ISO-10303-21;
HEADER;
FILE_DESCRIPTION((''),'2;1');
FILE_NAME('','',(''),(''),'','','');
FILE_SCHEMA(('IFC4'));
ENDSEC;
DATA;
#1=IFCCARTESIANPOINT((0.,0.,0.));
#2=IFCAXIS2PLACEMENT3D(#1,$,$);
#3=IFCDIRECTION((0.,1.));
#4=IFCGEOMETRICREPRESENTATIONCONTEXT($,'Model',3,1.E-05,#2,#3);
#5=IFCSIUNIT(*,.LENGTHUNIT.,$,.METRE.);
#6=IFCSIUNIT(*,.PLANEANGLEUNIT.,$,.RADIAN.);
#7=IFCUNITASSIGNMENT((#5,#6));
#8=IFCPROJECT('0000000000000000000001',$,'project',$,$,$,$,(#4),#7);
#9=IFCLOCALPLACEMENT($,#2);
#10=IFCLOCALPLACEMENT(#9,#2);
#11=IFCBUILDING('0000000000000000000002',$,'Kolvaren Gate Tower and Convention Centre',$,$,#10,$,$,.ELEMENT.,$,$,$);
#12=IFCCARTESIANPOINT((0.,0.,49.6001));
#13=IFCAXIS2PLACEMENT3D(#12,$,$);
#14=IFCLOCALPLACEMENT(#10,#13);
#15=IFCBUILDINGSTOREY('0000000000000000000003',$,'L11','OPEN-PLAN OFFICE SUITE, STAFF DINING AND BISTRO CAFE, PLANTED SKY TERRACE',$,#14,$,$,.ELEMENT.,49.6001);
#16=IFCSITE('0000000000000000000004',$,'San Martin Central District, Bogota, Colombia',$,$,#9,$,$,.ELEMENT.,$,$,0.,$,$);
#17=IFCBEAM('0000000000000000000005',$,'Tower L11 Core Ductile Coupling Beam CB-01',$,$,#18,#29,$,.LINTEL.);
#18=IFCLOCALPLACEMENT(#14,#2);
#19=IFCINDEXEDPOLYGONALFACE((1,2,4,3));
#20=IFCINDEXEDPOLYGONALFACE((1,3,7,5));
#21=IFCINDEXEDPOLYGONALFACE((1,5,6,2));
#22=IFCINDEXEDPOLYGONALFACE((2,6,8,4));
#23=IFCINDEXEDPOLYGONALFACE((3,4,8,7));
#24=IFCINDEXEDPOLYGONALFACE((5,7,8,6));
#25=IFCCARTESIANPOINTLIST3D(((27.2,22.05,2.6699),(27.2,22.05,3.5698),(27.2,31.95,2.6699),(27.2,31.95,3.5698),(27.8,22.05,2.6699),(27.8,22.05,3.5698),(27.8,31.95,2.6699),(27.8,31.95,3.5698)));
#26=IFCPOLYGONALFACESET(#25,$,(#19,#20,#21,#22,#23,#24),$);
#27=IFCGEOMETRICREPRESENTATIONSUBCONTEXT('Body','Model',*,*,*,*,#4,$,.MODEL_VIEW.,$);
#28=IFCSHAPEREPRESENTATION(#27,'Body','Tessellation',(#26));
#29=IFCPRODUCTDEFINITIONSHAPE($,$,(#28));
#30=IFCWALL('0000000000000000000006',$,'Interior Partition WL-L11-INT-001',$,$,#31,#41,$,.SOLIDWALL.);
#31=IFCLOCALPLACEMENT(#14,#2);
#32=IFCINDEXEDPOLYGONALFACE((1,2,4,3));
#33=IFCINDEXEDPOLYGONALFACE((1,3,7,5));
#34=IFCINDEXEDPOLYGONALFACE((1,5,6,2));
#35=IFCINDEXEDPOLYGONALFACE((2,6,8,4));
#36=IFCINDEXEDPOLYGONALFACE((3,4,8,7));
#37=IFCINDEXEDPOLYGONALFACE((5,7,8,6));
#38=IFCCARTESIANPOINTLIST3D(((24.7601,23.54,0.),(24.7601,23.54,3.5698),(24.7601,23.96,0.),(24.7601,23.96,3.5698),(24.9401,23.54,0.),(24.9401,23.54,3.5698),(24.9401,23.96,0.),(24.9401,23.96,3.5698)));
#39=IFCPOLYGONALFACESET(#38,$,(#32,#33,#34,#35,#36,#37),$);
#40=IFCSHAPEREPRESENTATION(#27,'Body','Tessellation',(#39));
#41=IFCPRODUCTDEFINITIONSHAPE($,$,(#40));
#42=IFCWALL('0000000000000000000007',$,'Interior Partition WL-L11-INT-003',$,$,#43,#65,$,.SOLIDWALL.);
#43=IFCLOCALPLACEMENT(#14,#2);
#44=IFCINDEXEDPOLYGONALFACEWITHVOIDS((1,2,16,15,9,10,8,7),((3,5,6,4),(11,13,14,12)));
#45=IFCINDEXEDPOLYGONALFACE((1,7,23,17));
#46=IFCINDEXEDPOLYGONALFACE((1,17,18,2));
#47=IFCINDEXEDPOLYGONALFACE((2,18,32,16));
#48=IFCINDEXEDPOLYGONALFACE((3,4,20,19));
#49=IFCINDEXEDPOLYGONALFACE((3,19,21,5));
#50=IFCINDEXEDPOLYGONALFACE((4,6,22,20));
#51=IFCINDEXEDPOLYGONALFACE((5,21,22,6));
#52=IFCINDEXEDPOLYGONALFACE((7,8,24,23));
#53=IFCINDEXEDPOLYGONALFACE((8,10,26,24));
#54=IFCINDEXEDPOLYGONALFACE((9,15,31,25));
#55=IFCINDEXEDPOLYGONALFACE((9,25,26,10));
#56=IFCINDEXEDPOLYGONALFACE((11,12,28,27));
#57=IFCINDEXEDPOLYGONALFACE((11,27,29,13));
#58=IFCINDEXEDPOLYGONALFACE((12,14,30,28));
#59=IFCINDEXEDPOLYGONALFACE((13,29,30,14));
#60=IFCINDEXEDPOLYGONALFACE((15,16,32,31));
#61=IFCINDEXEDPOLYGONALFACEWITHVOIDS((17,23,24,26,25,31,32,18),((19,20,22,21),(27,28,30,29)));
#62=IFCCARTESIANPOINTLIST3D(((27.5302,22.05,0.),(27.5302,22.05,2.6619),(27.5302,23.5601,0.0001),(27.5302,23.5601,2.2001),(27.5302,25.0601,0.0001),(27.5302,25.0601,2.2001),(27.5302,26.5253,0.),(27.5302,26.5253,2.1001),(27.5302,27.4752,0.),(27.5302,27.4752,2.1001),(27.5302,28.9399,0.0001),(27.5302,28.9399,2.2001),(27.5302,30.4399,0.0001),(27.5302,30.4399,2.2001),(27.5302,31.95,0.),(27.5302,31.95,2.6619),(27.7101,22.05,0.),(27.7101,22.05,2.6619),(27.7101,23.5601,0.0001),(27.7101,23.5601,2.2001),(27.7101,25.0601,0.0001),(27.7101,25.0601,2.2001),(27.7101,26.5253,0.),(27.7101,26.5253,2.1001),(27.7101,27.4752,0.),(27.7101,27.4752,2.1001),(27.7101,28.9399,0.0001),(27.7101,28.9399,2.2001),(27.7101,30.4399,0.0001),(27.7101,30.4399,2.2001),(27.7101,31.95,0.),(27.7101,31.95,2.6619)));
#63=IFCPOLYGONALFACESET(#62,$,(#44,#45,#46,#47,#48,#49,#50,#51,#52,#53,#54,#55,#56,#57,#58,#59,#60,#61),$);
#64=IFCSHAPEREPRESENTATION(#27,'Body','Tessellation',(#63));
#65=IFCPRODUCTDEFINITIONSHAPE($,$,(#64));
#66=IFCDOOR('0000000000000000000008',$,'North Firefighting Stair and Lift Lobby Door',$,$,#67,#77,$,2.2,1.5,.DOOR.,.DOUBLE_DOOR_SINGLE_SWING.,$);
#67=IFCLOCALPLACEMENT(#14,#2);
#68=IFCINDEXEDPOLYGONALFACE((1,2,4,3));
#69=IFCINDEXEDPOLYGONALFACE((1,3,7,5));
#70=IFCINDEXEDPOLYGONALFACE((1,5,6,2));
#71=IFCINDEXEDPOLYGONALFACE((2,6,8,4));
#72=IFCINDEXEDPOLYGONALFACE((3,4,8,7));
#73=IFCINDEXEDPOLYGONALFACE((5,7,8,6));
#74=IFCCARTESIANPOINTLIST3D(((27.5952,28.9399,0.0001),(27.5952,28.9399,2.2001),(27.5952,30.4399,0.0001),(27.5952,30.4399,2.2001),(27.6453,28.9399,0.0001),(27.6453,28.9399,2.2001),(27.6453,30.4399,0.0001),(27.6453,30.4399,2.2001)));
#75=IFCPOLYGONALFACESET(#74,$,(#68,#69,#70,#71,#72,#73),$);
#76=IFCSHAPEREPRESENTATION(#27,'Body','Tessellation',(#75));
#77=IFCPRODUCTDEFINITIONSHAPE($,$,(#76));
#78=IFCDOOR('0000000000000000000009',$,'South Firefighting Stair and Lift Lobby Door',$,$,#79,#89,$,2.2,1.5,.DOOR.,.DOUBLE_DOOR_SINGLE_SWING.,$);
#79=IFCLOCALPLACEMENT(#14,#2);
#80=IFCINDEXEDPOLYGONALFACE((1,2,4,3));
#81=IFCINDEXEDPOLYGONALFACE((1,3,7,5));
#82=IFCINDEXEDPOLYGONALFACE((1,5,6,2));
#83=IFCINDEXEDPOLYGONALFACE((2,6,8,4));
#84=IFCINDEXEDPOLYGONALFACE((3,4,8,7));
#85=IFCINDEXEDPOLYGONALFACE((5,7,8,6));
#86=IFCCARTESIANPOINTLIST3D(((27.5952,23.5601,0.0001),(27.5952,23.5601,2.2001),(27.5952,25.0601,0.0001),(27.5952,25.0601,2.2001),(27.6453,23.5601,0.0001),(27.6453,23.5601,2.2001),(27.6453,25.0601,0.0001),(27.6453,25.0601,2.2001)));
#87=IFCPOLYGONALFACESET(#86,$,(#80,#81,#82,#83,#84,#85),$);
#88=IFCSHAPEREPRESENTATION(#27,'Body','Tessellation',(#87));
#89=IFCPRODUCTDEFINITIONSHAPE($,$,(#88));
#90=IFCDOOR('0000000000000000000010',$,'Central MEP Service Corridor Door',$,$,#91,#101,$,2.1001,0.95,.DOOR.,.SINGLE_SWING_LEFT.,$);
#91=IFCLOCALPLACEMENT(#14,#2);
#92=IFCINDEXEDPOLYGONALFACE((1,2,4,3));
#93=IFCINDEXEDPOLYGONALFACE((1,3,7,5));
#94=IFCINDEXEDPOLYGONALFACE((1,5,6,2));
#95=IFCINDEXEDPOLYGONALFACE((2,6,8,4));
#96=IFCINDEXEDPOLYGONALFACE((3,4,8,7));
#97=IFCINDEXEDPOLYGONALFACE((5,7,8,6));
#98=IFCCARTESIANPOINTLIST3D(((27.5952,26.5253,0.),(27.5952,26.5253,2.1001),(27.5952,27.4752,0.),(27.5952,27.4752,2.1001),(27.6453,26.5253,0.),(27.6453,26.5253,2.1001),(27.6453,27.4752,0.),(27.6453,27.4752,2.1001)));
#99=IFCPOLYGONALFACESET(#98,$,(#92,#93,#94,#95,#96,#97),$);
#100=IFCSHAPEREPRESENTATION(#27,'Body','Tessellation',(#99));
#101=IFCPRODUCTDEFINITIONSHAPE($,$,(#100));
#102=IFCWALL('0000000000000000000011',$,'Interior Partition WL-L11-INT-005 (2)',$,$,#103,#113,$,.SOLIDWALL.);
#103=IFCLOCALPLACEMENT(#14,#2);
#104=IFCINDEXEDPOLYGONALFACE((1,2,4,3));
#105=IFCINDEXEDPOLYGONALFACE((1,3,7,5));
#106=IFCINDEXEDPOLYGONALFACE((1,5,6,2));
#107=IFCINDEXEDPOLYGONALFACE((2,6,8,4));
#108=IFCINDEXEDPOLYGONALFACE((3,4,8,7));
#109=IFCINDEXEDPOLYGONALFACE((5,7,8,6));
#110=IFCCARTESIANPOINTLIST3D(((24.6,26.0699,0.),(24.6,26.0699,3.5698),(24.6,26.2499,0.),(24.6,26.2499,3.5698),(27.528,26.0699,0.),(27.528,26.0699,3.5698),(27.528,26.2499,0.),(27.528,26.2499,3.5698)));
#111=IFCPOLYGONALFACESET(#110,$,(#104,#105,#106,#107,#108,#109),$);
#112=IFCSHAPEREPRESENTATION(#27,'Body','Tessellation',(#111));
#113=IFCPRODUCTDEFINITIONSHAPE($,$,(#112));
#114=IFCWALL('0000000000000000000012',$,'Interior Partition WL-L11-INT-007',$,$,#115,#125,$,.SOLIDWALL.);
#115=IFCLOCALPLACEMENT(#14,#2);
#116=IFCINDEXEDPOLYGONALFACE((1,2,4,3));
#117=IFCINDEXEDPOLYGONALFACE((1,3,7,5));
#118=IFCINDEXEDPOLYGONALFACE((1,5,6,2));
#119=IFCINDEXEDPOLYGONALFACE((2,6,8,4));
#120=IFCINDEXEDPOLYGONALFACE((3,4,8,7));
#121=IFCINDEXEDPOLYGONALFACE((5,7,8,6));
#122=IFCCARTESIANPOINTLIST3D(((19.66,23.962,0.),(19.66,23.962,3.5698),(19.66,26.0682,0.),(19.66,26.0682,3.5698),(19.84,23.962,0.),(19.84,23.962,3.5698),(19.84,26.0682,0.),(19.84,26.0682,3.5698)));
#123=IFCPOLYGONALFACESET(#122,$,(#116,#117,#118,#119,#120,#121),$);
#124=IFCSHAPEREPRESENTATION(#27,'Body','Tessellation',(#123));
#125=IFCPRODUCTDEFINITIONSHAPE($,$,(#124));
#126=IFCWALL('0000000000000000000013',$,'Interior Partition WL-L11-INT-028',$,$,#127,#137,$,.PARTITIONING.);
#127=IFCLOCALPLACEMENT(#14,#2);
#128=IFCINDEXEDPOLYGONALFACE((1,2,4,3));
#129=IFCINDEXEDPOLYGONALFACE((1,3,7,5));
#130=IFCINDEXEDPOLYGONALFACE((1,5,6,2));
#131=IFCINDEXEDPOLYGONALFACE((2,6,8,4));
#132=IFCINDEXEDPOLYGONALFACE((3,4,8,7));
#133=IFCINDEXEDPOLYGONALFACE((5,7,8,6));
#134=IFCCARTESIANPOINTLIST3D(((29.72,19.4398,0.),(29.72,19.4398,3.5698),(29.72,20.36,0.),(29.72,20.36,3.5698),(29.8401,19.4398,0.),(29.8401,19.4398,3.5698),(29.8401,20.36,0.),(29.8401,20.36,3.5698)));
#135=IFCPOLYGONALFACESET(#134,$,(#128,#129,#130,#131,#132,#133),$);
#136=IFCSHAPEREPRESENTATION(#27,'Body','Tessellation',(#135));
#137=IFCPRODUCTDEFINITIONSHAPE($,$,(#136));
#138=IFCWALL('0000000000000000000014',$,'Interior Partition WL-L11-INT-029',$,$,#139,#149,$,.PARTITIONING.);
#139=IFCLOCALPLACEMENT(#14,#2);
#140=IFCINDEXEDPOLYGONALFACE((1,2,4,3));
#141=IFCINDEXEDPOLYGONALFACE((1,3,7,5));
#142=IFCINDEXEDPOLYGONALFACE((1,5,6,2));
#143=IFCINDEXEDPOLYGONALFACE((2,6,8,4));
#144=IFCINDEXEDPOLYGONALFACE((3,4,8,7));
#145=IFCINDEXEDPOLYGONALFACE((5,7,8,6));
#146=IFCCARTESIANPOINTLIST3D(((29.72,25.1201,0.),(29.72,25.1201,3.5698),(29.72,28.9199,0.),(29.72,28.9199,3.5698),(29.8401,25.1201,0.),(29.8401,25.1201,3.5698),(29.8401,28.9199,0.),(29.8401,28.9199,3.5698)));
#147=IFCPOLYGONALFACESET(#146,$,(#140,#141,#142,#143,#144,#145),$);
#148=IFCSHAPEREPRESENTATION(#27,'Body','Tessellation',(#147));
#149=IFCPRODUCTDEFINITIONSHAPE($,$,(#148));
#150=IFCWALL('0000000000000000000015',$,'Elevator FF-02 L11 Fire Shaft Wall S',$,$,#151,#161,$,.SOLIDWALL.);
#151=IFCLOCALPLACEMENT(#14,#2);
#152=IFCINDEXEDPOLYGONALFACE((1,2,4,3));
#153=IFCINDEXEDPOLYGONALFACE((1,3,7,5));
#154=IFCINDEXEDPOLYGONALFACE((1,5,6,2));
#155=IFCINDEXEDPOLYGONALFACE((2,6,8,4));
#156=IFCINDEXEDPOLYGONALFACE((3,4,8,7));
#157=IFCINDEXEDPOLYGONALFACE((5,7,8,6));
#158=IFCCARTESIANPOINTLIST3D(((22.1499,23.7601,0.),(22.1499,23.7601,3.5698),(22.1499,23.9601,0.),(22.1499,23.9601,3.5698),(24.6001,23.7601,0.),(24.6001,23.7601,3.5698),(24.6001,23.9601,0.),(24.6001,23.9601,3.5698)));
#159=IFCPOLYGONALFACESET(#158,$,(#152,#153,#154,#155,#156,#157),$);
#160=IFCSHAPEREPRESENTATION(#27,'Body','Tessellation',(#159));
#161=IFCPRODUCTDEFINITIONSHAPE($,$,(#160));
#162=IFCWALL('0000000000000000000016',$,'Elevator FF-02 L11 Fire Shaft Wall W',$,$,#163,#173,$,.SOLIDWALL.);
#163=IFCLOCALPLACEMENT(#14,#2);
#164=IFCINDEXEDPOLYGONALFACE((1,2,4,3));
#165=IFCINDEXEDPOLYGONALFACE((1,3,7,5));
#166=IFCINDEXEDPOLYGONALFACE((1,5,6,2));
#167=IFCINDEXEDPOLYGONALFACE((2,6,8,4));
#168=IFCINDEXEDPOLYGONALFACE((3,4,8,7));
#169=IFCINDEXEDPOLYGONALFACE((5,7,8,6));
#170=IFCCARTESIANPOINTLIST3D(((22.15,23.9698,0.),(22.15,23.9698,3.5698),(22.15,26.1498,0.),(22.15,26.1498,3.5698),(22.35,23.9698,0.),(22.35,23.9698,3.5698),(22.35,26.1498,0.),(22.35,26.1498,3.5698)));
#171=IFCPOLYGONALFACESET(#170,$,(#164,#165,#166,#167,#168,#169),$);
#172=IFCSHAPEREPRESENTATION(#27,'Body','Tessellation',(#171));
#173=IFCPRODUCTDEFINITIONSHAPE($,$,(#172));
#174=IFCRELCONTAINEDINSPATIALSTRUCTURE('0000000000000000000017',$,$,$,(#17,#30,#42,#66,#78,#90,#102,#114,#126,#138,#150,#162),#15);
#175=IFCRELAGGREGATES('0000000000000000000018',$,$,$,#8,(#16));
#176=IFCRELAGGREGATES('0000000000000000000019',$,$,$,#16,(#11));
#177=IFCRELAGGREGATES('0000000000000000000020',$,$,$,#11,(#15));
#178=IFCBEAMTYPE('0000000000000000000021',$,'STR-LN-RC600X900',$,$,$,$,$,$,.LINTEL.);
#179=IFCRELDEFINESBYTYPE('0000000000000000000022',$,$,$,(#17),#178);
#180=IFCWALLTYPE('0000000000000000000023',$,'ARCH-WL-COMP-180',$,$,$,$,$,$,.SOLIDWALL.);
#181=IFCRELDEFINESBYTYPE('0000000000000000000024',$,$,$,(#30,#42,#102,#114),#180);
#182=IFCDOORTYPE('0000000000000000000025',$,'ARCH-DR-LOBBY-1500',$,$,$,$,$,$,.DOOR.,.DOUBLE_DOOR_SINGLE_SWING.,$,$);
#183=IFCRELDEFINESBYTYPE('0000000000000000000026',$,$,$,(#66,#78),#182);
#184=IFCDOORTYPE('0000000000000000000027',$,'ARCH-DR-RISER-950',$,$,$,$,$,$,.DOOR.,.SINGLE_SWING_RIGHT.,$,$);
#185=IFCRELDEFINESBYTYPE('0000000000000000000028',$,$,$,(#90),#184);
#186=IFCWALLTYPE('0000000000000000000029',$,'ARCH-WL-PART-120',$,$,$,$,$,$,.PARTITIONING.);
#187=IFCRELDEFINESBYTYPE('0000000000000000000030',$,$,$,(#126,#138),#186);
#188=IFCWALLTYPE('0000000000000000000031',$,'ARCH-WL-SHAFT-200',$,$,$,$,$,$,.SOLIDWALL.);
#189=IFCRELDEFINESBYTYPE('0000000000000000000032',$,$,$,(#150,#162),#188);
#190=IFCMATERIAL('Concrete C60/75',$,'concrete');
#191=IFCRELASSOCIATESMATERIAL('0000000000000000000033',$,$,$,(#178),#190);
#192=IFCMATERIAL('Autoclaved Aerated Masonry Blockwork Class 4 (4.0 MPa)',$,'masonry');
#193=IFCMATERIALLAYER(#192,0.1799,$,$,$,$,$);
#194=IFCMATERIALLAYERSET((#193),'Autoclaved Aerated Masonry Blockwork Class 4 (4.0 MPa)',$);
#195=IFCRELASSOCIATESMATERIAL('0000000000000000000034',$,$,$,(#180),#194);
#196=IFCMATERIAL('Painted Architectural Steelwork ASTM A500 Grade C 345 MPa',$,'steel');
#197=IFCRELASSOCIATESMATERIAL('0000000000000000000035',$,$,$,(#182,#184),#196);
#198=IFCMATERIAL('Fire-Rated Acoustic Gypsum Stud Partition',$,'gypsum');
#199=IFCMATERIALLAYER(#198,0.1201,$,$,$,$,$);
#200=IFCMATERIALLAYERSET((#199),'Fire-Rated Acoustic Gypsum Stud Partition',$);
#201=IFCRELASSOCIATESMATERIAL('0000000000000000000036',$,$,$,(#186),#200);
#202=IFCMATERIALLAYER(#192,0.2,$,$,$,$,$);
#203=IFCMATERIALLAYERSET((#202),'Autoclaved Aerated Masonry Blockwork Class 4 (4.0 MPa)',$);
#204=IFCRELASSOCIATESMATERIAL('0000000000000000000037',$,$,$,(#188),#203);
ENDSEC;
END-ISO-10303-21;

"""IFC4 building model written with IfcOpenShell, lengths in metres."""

from ifc_helpers import new_model, si_unit, direction, frame, frame_2d, origin, origin_2d, place, context, subcontext, project, spatial, rectangle, extrude, material, layer, layer_set, material_profile, profile_set, type_object, element, fill, save


model = new_model("IFC4")

# Units and contexts
model_context = context("Model", 3, precision=1e-05, world=origin(), true_north=direction((0.0, 1.0)))
body_context = subcontext(model_context, "Body", "Model", "MODEL_VIEW")
ifc_project = project(units=[si_unit("LENGTHUNIT", "METRE"), si_unit("PLANEANGLEUNIT", "RADIAN")], contexts=[model_context])

# Site, building, storey
site_placement = place(None, origin())
site = spatial("IfcSite", under=ifc_project, at=site_placement, Name="San Martin Central District, Bogota, Colombia", CompositionType="ELEMENT", RefElevation=0.0)
building_placement = place(site_placement, origin())
building = spatial("IfcBuilding", under=site, at=building_placement, Name="Kolvaren Gate Tower and Convention Centre", CompositionType="ELEMENT")
storey_placement = place(building_placement, frame((0.0, 0.0, 49.6001)))
storey = spatial("IfcBuildingStorey", under=building, at=storey_placement, Name="L11", Description="OPEN-PLAN OFFICE SUITE, STAFF DINING AND BISTRO CAFE, PLANTED SKY TERRACE", CompositionType="ELEMENT", Elevation=49.6001)

# Beam
ifc_material_1 = material(Name="Concrete C60/75", Category="concrete")
ifc_material_profile = material_profile(ifc_material_1, rectangle(XDim=0.6001, YDim=0.8999, at=origin_2d()), Name="RC-BM-600X900")
ifc_profile_set = profile_set([ifc_material_profile], Name="Concrete C60/75")
beam_type = type_object("IfcBeamType", Name="STR-LN-RC600X900", PredefinedType="LINTEL", material=ifc_profile_set)
beam_placement = place(storey_placement, frame((27.5, 22.05, 3.1199), z_axis=(0.0, 1.0, 0.0), x_axis=(-1.0, 0.0, 0.0)))
element("IfcBeam", 1, at=beam_placement, inside=storey, type_object=beam_type, Name="Tower L11 Core Ductile Coupling Beam CB-01", PredefinedType="LINTEL", context=body_context, shape_type="SweptSolid", body=[
    extrude(rectangle(XDim=0.6001, YDim=0.8999, at=origin_2d()), origin(), (0.0, 0.0, 1.0), 9.8999),
])

# Wall
ifc_material_2 = material(Name="Autoclaved Aerated Masonry Blockwork Class 4 (4.0 MPa)", Category="masonry")
ifc_layer_1 = layer(ifc_material_2, 0.1799)
ifc_layer_set_1 = layer_set([ifc_layer_1], Name="Autoclaved Aerated Masonry Blockwork Class 4 (4.0 MPa)")
wall_type_1 = type_object("IfcWallType", Name="ARCH-WL-COMP-180", PredefinedType="SOLIDWALL", material=ifc_layer_set_1)
wall_1_placement = place(storey_placement, frame((24.8501, 23.54, 0.0), z_axis=(0.0, 0.0, 1.0), x_axis=(0.0, 1.0, 0.0)))
element("IfcWall", 2, at=wall_1_placement, inside=storey, type_object=wall_type_1, Name="Interior Partition WL-L11-INT-001", PredefinedType="SOLIDWALL", context=body_context, shape_type="SweptSolid", body=[
    extrude(rectangle(XDim=0.4199, YDim=0.1799, at=frame_2d((0.21, 0.0))), origin(), (0.0, 0.0, 1.0), 3.5698),
])

# Wall, openings, doors
wall_2_placement = place(storey_placement, frame((27.6201, 22.05, 0.0), z_axis=(0.0, 0.0, 1.0), x_axis=(0.0, 1.0, 0.0)))
wall_2 = element("IfcWall", 3, at=wall_2_placement, inside=storey, type_object=wall_type_1, Name="Interior Partition WL-L11-INT-003", PredefinedType="SOLIDWALL", context=body_context, shape_type="SweptSolid", body=[
    extrude(rectangle(XDim=9.8999, YDim=0.1799, at=frame_2d((4.95, 0.0))), origin(), (0.0, 0.0, 1.0), 2.6619),
])
opening_1_placement = place(wall_2_placement, frame((4.4751, 0.0, 0.0)))
opening_1 = element("IfcOpeningElement", 4, at=opening_1_placement, cuts=wall_2, PredefinedType="OPENING", context=body_context, shape_type="SweptSolid", body=[
    extrude(rectangle(XDim=0.95, YDim=2.1001, at=frame_2d((0.4751, 1.05))), frame((0.0, 0.0999, 0.0), z_axis=(0.0, -1.0, 0.0), x_axis=(1.0, 0.0, 0.0)), (0.0, 0.0, 1.0), 0.2),
])
opening_2_placement = place(wall_2_placement, frame((6.8899, 0.0, 0.0)))
opening_2 = element("IfcOpeningElement", 5, at=opening_2_placement, cuts=wall_2, PredefinedType="OPENING", context=body_context, shape_type="SweptSolid", body=[
    extrude(rectangle(XDim=1.5, YDim=2.2, at=frame_2d((0.75, 1.1001))), frame((0.0, 0.0999, 0.0), z_axis=(0.0, -1.0, 0.0), x_axis=(1.0, 0.0, 0.0)), (0.0, 0.0, 1.0), 0.2),
])
opening_3_placement = place(wall_2_placement, frame((1.51, 0.0, 0.0)))
opening_3 = element("IfcOpeningElement", 6, at=opening_3_placement, cuts=wall_2, PredefinedType="OPENING", context=body_context, shape_type="SweptSolid", body=[
    extrude(rectangle(XDim=1.5, YDim=2.2, at=frame_2d((0.75, 1.1001))), frame((0.0, 0.0999, 0.0), z_axis=(0.0, -1.0, 0.0), x_axis=(1.0, 0.0, 0.0)), (0.0, 0.0, 1.0), 0.2),
])
ifc_material_3 = material(Name="Painted Architectural Steelwork ASTM A500 Grade C 345 MPa", Category="steel")
door_type_1 = type_object("IfcDoorType", Name="ARCH-DR-LOBBY-1500", OperationType="DOUBLE_DOOR_SINGLE_SWING", PredefinedType="DOOR", material=ifc_material_3)
door_1_placement = place(opening_2_placement, origin())
door_1 = element("IfcDoor", 7, at=door_1_placement, inside=storey, type_object=door_type_1, Name="North Firefighting Stair and Lift Lobby Door", OperationType="DOUBLE_DOOR_SINGLE_SWING", OverallHeight=2.2, OverallWidth=1.5, PredefinedType="DOOR", context=body_context, shape_type="SweptSolid", body=[
    extrude(rectangle(XDim=1.5, YDim=2.2, at=frame_2d((0.75, 1.1001))), frame((0.0, 0.0249, 0.0), z_axis=(0.0, -1.0, 0.0), x_axis=(1.0, 0.0, 0.0)), (0.0, 0.0, 1.0), 0.05),
])
fill(opening_2, door_1)
door_2_placement = place(opening_3_placement, origin())
door_2 = element("IfcDoor", 8, at=door_2_placement, inside=storey, type_object=door_type_1, Name="South Firefighting Stair and Lift Lobby Door", OperationType="DOUBLE_DOOR_SINGLE_SWING", OverallHeight=2.2, OverallWidth=1.5, PredefinedType="DOOR", context=body_context, shape_type="SweptSolid", body=[
    extrude(rectangle(XDim=1.5, YDim=2.2, at=frame_2d((0.75, 1.1001))), frame((0.0, 0.0249, 0.0), z_axis=(0.0, -1.0, 0.0), x_axis=(1.0, 0.0, 0.0)), (0.0, 0.0, 1.0), 0.05),
])
fill(opening_3, door_2)
door_type_2 = type_object("IfcDoorType", Name="ARCH-DR-RISER-950", OperationType="SINGLE_SWING_RIGHT", PredefinedType="DOOR", material=ifc_material_3)
door_3_placement = place(opening_1_placement, origin())
door_3 = element("IfcDoor", 9, at=door_3_placement, inside=storey, type_object=door_type_2, Name="Central MEP Service Corridor Door", OperationType="SINGLE_SWING_LEFT", OverallHeight=2.1001, OverallWidth=0.95, PredefinedType="DOOR", context=body_context, shape_type="SweptSolid", body=[
    extrude(rectangle(XDim=0.95, YDim=2.1001, at=frame_2d((0.4751, 1.05))), frame((0.0, 0.0249, 0.0), z_axis=(0.0, -1.0, 0.0), x_axis=(1.0, 0.0, 0.0)), (0.0, 0.0, 1.0), 0.05),
])
fill(opening_1, door_3)

# Walls
wall_3_placement = place(storey_placement, frame((24.6001, 26.1599, 0.0), z_axis=(0.0, 0.0, 1.0), x_axis=(1.0, 0.0, 0.0)))
element("IfcWall", 10, at=wall_3_placement, inside=storey, type_object=wall_type_1, Name="Interior Partition WL-L11-INT-005 (2)", PredefinedType="SOLIDWALL", context=body_context, shape_type="SweptSolid", body=[
    extrude(rectangle(XDim=2.928, YDim=0.1799, at=frame_2d((1.4639, 0.0))), origin(), (0.0, 0.0, 1.0), 3.5698),
])
wall_4_placement = place(storey_placement, frame((19.75, 23.9619, 0.0), z_axis=(0.0, 0.0, 1.0), x_axis=(0.0, 1.0, 0.0)))
element("IfcWall", 11, at=wall_4_placement, inside=storey, type_object=wall_type_1, Name="Interior Partition WL-L11-INT-007", PredefinedType="SOLIDWALL", context=body_context, shape_type="SweptSolid", body=[
    extrude(rectangle(XDim=2.1062, YDim=0.1799, at=frame_2d((1.0532, 0.0))), origin(), (0.0, 0.0, 1.0), 3.5698),
])
ifc_material_4 = material(Name="Fire-Rated Acoustic Gypsum Stud Partition", Category="gypsum")
ifc_layer_2 = layer(ifc_material_4, 0.1201)
ifc_layer_set_2 = layer_set([ifc_layer_2], Name="Fire-Rated Acoustic Gypsum Stud Partition")
wall_type_2 = type_object("IfcWallType", Name="ARCH-WL-PART-120", PredefinedType="PARTITIONING", material=ifc_layer_set_2)
wall_5_placement = place(storey_placement, frame((29.78, 19.4399, 0.0), z_axis=(0.0, 0.0, 1.0), x_axis=(0.0, 1.0, 0.0)))
element("IfcWall", 12, at=wall_5_placement, inside=storey, type_object=wall_type_2, Name="Interior Partition WL-L11-INT-028", PredefinedType="PARTITIONING", context=body_context, shape_type="SweptSolid", body=[
    extrude(rectangle(XDim=0.9202, YDim=0.1201, at=frame_2d((0.46, 0.0))), origin(), (0.0, 0.0, 1.0), 3.5698),
])
wall_6_placement = place(storey_placement, frame((29.78, 25.1201, 0.0), z_axis=(0.0, 0.0, 1.0), x_axis=(0.0, 1.0, 0.0)))
element("IfcWall", 13, at=wall_6_placement, inside=storey, type_object=wall_type_2, Name="Interior Partition WL-L11-INT-029", PredefinedType="PARTITIONING", context=body_context, shape_type="SweptSolid", body=[
    extrude(rectangle(XDim=3.7998, YDim=0.1201, at=frame_2d((1.8999, 0.0))), origin(), (0.0, 0.0, 1.0), 3.5698),
])
ifc_layer_3 = layer(ifc_material_2, 0.2)
ifc_layer_set_3 = layer_set([ifc_layer_3], Name="Autoclaved Aerated Masonry Blockwork Class 4 (4.0 MPa)")
wall_type_3 = type_object("IfcWallType", Name="ARCH-WL-SHAFT-200", PredefinedType="SOLIDWALL", material=ifc_layer_set_3)
wall_7_placement = place(storey_placement, frame((22.1499, 23.8601, 0.0), z_axis=(0.0, 0.0, 1.0), x_axis=(1.0, 0.0, 0.0)))
element("IfcWall", 14, at=wall_7_placement, inside=storey, type_object=wall_type_3, Name="Elevator FF-02 L11 Fire Shaft Wall S", PredefinedType="SOLIDWALL", context=body_context, shape_type="SweptSolid", body=[
    extrude(rectangle(XDim=2.4502, YDim=0.2, at=frame_2d((1.2251, 0.0))), origin(), (0.0, 0.0, 1.0), 3.5698),
])
wall_8_placement = place(storey_placement, frame((22.25, 23.97, 0.0), z_axis=(0.0, 0.0, 1.0), x_axis=(0.0, 1.0, 0.0)))
element("IfcWall", 15, at=wall_8_placement, inside=storey, type_object=wall_type_3, Name="Elevator FF-02 L11 Fire Shaft Wall W", PredefinedType="SOLIDWALL", context=body_context, shape_type="SweptSolid", body=[
    extrude(rectangle(XDim=2.1799, YDim=0.2, at=frame_2d((1.0898, 0.0))), origin(), (0.0, 0.0, 1.0), 3.5698),
])

save(model, "model.ifc")
